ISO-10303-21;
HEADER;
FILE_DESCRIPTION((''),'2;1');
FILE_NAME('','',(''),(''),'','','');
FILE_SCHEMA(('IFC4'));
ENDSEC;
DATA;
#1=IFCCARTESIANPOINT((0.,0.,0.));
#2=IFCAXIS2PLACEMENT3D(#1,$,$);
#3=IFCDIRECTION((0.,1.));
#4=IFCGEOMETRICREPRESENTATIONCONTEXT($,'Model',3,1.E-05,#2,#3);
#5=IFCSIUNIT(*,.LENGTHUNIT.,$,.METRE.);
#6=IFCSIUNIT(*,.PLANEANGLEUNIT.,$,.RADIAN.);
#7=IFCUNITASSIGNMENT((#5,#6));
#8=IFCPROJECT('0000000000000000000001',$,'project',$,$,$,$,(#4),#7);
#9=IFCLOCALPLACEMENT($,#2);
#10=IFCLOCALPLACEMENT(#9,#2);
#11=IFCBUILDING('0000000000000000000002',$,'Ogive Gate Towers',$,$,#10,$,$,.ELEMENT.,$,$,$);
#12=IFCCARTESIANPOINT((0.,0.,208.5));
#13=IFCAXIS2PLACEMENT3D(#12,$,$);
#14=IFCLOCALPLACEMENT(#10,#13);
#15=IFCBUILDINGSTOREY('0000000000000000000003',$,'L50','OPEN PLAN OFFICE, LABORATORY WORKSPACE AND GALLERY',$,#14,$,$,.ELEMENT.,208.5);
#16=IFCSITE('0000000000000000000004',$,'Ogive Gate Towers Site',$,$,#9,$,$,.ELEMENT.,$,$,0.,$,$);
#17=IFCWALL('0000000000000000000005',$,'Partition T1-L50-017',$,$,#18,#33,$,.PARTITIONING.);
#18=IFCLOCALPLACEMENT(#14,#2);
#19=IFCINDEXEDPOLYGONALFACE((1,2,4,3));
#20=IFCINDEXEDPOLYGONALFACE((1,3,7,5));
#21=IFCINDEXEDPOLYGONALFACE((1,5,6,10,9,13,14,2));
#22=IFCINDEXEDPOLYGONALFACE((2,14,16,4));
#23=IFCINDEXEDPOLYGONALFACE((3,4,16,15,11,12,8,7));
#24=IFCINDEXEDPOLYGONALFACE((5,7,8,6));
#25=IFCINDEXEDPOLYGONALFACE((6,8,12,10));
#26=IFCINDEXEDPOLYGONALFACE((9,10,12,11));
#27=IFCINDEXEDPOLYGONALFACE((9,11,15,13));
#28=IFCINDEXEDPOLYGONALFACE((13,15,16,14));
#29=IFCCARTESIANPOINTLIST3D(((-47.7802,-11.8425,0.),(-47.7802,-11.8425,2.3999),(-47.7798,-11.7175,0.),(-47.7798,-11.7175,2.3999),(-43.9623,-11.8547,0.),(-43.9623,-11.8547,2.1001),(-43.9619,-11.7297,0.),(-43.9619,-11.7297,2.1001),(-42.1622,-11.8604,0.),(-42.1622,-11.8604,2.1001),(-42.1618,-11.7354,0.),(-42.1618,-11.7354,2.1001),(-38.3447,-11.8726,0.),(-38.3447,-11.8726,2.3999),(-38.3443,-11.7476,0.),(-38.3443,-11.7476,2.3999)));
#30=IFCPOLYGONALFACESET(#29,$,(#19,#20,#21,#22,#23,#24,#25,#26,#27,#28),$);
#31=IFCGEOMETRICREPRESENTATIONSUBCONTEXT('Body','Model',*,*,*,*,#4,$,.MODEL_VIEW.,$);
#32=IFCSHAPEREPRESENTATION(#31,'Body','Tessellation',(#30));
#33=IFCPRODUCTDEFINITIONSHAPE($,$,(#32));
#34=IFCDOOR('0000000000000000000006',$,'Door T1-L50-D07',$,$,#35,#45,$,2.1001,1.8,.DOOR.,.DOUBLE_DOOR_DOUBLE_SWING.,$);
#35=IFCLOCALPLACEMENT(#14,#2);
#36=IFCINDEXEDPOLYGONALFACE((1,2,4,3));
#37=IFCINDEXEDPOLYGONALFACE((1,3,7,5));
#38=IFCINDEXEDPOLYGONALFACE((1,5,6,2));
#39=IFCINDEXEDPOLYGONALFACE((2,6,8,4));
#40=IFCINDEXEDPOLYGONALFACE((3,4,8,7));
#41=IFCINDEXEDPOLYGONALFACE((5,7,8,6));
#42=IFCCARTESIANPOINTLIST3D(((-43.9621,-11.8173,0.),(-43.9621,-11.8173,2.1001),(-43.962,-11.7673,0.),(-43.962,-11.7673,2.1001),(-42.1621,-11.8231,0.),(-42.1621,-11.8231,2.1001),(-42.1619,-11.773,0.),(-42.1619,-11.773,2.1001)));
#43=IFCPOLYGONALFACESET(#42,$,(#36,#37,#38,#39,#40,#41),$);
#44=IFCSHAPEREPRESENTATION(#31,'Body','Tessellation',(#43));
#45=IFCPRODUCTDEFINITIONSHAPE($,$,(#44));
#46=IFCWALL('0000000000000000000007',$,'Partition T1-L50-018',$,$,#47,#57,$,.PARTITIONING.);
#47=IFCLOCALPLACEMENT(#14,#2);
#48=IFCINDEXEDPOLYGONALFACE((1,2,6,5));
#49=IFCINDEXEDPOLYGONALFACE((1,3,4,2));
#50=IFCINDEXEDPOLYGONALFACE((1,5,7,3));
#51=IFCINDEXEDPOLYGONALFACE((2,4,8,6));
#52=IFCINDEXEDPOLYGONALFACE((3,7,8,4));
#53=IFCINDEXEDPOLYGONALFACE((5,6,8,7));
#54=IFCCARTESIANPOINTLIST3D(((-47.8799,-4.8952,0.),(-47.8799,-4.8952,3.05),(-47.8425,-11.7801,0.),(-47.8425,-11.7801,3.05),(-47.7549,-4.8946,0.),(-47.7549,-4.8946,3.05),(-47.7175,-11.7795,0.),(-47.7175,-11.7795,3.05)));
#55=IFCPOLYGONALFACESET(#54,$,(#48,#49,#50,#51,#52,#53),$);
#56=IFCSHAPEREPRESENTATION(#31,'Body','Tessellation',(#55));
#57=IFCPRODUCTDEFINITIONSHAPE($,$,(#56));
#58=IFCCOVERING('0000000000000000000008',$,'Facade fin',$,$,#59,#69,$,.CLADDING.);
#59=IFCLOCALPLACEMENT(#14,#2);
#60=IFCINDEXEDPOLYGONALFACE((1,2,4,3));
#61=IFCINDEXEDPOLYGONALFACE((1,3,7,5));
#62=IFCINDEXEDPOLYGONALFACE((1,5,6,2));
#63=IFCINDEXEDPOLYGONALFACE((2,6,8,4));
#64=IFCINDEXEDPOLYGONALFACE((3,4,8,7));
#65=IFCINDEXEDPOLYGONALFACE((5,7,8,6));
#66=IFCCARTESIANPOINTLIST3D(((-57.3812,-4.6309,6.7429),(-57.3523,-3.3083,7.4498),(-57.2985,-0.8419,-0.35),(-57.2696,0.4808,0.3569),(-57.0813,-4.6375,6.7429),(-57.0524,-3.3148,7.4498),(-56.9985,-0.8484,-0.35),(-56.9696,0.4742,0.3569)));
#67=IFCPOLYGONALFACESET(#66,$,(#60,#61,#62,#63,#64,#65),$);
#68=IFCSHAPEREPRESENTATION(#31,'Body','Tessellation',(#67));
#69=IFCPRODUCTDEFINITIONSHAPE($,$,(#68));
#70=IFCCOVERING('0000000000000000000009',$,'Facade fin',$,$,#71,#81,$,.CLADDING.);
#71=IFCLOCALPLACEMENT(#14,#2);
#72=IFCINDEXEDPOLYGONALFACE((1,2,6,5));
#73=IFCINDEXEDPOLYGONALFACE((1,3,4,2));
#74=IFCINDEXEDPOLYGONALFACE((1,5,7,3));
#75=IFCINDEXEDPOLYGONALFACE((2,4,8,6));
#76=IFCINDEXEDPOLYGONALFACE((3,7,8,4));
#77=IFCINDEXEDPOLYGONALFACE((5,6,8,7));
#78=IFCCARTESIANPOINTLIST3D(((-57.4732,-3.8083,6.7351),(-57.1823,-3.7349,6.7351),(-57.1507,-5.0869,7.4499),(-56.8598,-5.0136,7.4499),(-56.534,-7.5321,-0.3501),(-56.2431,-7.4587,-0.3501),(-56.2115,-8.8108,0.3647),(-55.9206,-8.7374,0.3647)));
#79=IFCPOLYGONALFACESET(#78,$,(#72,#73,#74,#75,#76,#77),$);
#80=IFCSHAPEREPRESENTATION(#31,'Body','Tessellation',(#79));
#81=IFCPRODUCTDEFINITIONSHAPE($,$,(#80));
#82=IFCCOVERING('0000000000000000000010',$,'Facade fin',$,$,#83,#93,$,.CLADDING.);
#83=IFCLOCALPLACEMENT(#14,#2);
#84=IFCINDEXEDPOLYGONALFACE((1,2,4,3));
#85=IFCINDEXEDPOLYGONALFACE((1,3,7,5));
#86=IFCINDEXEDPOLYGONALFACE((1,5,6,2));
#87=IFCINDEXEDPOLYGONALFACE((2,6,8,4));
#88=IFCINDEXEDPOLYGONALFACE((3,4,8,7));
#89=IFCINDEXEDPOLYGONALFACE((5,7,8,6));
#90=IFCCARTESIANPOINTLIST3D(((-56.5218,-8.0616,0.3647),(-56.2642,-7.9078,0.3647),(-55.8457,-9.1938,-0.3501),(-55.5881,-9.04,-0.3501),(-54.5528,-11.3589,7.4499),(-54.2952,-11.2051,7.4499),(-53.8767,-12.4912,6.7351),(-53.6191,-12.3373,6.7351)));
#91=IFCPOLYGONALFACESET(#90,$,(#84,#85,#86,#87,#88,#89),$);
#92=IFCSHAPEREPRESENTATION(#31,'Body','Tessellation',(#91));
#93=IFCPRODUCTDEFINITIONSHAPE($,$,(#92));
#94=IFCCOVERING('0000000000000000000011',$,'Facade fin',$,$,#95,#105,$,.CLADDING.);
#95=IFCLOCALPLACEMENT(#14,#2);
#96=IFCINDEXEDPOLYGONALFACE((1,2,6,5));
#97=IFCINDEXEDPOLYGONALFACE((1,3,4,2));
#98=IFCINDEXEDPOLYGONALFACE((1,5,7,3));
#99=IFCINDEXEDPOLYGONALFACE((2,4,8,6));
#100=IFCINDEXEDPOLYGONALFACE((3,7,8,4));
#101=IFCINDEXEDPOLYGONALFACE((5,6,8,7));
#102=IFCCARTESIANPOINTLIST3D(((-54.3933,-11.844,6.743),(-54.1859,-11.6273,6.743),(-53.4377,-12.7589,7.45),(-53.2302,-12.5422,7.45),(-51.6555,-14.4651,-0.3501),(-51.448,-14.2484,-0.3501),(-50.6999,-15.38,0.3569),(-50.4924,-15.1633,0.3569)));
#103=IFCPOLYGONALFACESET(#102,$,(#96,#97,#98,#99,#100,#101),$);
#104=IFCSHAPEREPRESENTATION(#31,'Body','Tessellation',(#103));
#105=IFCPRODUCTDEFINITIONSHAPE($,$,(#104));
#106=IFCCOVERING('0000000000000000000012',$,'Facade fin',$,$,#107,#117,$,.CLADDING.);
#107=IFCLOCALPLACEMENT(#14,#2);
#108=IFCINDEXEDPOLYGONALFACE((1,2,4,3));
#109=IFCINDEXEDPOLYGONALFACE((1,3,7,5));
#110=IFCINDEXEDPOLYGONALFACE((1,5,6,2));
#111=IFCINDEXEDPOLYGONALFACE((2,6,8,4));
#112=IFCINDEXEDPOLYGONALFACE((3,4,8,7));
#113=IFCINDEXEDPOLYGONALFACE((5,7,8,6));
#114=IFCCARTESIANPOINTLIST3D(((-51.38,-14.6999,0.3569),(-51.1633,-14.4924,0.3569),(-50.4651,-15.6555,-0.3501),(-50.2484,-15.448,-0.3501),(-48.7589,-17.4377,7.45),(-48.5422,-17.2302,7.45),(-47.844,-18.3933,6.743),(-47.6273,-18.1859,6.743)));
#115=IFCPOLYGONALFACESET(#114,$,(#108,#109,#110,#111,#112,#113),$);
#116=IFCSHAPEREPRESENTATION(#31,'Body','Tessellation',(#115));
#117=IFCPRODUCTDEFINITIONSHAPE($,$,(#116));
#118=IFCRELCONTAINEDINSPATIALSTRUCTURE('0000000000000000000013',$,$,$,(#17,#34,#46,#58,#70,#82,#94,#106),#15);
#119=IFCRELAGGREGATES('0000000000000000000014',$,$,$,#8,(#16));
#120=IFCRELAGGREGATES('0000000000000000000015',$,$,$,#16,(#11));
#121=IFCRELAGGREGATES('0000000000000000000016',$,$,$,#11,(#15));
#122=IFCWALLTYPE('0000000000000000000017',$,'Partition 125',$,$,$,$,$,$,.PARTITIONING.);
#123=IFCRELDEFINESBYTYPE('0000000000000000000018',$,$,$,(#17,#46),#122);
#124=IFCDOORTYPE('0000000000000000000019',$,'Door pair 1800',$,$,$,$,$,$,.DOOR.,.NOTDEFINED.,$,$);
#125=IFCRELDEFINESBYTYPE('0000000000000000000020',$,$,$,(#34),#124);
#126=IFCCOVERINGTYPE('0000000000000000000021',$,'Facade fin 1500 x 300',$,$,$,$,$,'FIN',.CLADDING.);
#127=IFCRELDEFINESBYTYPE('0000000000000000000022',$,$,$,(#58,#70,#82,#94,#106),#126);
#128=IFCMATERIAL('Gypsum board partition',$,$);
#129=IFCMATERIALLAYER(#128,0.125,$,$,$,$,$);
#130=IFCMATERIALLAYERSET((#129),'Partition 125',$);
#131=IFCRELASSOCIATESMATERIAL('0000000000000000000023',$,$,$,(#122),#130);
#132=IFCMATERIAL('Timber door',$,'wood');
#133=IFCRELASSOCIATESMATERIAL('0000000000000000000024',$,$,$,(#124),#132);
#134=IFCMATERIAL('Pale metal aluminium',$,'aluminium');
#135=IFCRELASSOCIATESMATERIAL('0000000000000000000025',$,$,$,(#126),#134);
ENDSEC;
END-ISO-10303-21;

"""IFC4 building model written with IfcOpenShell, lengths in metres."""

from ifc_helpers import new_model, si_unit, direction, frame, frame_2d, origin, origin_2d, place, context, subcontext, project, spatial, rectangle, extrude, material, layer, layer_set, material_profile, profile_set, type_object, element, fill, save


model = new_model("IFC4")

# Units and contexts
model_context = context("Model", 3, precision=1e-05, world=origin(), true_north=direction((0.0, 1.0)))
body_context = subcontext(model_context, "Body", "Model", "MODEL_VIEW")
ifc_project = project(units=[si_unit("LENGTHUNIT", "METRE"), si_unit("PLANEANGLEUNIT", "RADIAN")], contexts=[model_context])

# Site, building, storey
site_placement = place(None, origin())
site = spatial("IfcSite", under=ifc_project, at=site_placement, Name="Ogive Gate Towers Site", CompositionType="ELEMENT", RefElevation=0.0)
building_placement = place(site_placement, origin())
building = spatial("IfcBuilding", under=site, at=building_placement, Name="Ogive Gate Towers", CompositionType="ELEMENT")
storey_placement = place(building_placement, frame((0.0, 0.0, 208.5)))
storey = spatial("IfcBuildingStorey", under=building, at=storey_placement, Name="L50", Description="OPEN PLAN OFFICE, LABORATORY WORKSPACE AND GALLERY", CompositionType="ELEMENT", Elevation=208.5)

# Shared definitions
ifc_material_1 = material(Name="Pale metal aluminium", Category="aluminium")

# Shared definitions
ifc_material_2 = material(Name="Gypsum board partition")
ifc_layer_1 = layer(ifc_material_2, 0.125)
ifc_layer_set_1 = layer_set([ifc_layer_1], Name="Partition 125")
wall_type = type_object("IfcWallType", Name="Partition 125", PredefinedType="PARTITIONING", material=ifc_layer_set_1)

# Wall, opening, door
wall_1_placement = place(storey_placement, frame((-47.78, -11.78, 0.0), z_axis=(0.0, 0.0, 1.0), x_axis=(0.999995, -0.003183, 0.0)))
wall_1 = element("IfcWall", 1, at=wall_1_placement, inside=storey, type_object=wall_type, Name="Partition T1-L50-017", PredefinedType="PARTITIONING", context=body_context, shape_type="SweptSolid", body=[
    extrude(rectangle(XDim=9.4355, YDim=0.125, at=frame_2d((4.7178, 0.0))), origin(), (0.0, 0.0, 1.0), 2.3999),
])
opening_placement = place(wall_1_placement, frame((3.8181, 0.0, 0.0)))
opening = element("IfcOpeningElement", 2, at=opening_placement, cuts=wall_1, PredefinedType="OPENING", context=body_context, shape_type="SweptSolid", body=[
    extrude(rectangle(XDim=1.8, YDim=2.1001, at=frame_2d((0.8999, 1.05))), frame((0.0, 0.0725, 0.0), z_axis=(0.0, -1.0, 0.0), x_axis=(1.0, 0.0, 0.0)), (0.0, 0.0, 1.0), 0.145),
])
ifc_material_3 = material(Name="Timber door", Category="wood")
door_type = type_object("IfcDoorType", Name="Door pair 1800", OperationType="NOTDEFINED", PredefinedType="DOOR", material=ifc_material_3)
door_placement = place(opening_placement, origin())
door = element("IfcDoor", 3, at=door_placement, inside=storey, type_object=door_type, Name="Door T1-L50-D07", OperationType="DOUBLE_DOOR_DOUBLE_SWING", OverallHeight=2.1001, OverallWidth=1.8, PredefinedType="DOOR", context=body_context, shape_type="SweptSolid", body=[
    extrude(rectangle(XDim=1.8, YDim=2.1001, at=frame_2d((0.8999, 1.05))), frame((0.0, 0.0249, 0.0), z_axis=(0.0, -1.0, 0.0), x_axis=(1.0, 0.0, 0.0)), (0.0, 0.0, 1.0), 0.05),
])
fill(opening, door)

# Wall
wall_2_placement = place(storey_placement, frame((-47.8174, -4.895, 0.0), z_axis=(0.0, 0.0, 1.0), x_axis=(0.005425, -0.999985, 0.0)))
element("IfcWall", 4, at=wall_2_placement, inside=storey, type_object=wall_type, Name="Partition T1-L50-018", PredefinedType="PARTITIONING", context=body_context, shape_type="SweptSolid", body=[
    extrude(rectangle(XDim=6.885, YDim=0.125, at=frame_2d((3.4424, 0.0))), origin(), (0.0, 0.0, 1.0), 3.05),
])

# Coverings
ifc_material_profile_1 = material_profile(ifc_material_1, rectangle(XDim=0.3, YDim=1.5, at=origin_2d()), Name="1500 x 300 pale metal aluminium")
ifc_profile_set_1 = profile_set([ifc_material_profile_1], Name="Pale metal aluminium")
covering_type = type_object("IfcCoveringType", Name="Facade fin 1500 x 300", ElementType="FIN", PredefinedType="CLADDING", material=ifc_profile_set_1)
covering_placement = place(storey_placement, frame((-57.134, -0.1838, 0.0034), z_axis=(-0.010291, -0.471156, 0.88199), x_axis=(0.999762, -0.021838, 0.0)))
element("IfcCovering", 5, at=covering_placement, inside=storey, type_object=covering_type, Name="Facade fin", PredefinedType="CLADDING", context=body_context, shape_type="SweptSolid", body=[
    extrude(rectangle(XDim=0.3, YDim=1.5, at=origin_2d()), origin(), (0.0, 0.0, 1.0), 8.042),
])
for number, where, z_axis, x_axis, name in (
    (6, (-56.2273, -8.1348, 0.0073), (-0.11654, 0.46207, 0.879153), (-0.969636, -0.244554, 0.0), "Facade fin"),
    (7, (-56.0549, -8.5508, 0.0073), (0.244318, -0.409146, 0.879152), (0.858574, 0.51269, 0.0), "Facade fin"),
):
    element("IfcCovering", number, at=place(storey_placement, frame(where, z_axis=z_axis, x_axis=x_axis)), inside=storey, type_object=covering_type, Name=name, PredefinedType="CLADDING", context=body_context, shape_type="SweptSolid", body=[
        extrude(rectangle(XDim=0.3, YDim=1.5, at=origin_2d()), origin(), (0.0, 0.0, 1.0), 8.0591),
    ])
for number, where, z_axis, x_axis, name in (
    (8, (-51.074, -14.8142, 0.0034), (-0.34043, 0.325919, 0.881978), (-0.691544, -0.722334, 0.0), "Facade fin"),
    (9, (-50.8142, -15.074, 0.0034), (0.325919, -0.34043, 0.881978), (0.722334, 0.691544, 0.0), "Facade fin"),
):
    element("IfcCovering", number, at=place(storey_placement, frame(where, z_axis=z_axis, x_axis=x_axis)), inside=storey, type_object=covering_type, Name=name, PredefinedType="CLADDING", context=body_context, shape_type="SweptSolid", body=[
        extrude(rectangle(XDim=0.3, YDim=1.5, at=origin_2d()), origin(), (0.0, 0.0, 1.0), 8.0422),
    ])

save(model, "model.ifc")
